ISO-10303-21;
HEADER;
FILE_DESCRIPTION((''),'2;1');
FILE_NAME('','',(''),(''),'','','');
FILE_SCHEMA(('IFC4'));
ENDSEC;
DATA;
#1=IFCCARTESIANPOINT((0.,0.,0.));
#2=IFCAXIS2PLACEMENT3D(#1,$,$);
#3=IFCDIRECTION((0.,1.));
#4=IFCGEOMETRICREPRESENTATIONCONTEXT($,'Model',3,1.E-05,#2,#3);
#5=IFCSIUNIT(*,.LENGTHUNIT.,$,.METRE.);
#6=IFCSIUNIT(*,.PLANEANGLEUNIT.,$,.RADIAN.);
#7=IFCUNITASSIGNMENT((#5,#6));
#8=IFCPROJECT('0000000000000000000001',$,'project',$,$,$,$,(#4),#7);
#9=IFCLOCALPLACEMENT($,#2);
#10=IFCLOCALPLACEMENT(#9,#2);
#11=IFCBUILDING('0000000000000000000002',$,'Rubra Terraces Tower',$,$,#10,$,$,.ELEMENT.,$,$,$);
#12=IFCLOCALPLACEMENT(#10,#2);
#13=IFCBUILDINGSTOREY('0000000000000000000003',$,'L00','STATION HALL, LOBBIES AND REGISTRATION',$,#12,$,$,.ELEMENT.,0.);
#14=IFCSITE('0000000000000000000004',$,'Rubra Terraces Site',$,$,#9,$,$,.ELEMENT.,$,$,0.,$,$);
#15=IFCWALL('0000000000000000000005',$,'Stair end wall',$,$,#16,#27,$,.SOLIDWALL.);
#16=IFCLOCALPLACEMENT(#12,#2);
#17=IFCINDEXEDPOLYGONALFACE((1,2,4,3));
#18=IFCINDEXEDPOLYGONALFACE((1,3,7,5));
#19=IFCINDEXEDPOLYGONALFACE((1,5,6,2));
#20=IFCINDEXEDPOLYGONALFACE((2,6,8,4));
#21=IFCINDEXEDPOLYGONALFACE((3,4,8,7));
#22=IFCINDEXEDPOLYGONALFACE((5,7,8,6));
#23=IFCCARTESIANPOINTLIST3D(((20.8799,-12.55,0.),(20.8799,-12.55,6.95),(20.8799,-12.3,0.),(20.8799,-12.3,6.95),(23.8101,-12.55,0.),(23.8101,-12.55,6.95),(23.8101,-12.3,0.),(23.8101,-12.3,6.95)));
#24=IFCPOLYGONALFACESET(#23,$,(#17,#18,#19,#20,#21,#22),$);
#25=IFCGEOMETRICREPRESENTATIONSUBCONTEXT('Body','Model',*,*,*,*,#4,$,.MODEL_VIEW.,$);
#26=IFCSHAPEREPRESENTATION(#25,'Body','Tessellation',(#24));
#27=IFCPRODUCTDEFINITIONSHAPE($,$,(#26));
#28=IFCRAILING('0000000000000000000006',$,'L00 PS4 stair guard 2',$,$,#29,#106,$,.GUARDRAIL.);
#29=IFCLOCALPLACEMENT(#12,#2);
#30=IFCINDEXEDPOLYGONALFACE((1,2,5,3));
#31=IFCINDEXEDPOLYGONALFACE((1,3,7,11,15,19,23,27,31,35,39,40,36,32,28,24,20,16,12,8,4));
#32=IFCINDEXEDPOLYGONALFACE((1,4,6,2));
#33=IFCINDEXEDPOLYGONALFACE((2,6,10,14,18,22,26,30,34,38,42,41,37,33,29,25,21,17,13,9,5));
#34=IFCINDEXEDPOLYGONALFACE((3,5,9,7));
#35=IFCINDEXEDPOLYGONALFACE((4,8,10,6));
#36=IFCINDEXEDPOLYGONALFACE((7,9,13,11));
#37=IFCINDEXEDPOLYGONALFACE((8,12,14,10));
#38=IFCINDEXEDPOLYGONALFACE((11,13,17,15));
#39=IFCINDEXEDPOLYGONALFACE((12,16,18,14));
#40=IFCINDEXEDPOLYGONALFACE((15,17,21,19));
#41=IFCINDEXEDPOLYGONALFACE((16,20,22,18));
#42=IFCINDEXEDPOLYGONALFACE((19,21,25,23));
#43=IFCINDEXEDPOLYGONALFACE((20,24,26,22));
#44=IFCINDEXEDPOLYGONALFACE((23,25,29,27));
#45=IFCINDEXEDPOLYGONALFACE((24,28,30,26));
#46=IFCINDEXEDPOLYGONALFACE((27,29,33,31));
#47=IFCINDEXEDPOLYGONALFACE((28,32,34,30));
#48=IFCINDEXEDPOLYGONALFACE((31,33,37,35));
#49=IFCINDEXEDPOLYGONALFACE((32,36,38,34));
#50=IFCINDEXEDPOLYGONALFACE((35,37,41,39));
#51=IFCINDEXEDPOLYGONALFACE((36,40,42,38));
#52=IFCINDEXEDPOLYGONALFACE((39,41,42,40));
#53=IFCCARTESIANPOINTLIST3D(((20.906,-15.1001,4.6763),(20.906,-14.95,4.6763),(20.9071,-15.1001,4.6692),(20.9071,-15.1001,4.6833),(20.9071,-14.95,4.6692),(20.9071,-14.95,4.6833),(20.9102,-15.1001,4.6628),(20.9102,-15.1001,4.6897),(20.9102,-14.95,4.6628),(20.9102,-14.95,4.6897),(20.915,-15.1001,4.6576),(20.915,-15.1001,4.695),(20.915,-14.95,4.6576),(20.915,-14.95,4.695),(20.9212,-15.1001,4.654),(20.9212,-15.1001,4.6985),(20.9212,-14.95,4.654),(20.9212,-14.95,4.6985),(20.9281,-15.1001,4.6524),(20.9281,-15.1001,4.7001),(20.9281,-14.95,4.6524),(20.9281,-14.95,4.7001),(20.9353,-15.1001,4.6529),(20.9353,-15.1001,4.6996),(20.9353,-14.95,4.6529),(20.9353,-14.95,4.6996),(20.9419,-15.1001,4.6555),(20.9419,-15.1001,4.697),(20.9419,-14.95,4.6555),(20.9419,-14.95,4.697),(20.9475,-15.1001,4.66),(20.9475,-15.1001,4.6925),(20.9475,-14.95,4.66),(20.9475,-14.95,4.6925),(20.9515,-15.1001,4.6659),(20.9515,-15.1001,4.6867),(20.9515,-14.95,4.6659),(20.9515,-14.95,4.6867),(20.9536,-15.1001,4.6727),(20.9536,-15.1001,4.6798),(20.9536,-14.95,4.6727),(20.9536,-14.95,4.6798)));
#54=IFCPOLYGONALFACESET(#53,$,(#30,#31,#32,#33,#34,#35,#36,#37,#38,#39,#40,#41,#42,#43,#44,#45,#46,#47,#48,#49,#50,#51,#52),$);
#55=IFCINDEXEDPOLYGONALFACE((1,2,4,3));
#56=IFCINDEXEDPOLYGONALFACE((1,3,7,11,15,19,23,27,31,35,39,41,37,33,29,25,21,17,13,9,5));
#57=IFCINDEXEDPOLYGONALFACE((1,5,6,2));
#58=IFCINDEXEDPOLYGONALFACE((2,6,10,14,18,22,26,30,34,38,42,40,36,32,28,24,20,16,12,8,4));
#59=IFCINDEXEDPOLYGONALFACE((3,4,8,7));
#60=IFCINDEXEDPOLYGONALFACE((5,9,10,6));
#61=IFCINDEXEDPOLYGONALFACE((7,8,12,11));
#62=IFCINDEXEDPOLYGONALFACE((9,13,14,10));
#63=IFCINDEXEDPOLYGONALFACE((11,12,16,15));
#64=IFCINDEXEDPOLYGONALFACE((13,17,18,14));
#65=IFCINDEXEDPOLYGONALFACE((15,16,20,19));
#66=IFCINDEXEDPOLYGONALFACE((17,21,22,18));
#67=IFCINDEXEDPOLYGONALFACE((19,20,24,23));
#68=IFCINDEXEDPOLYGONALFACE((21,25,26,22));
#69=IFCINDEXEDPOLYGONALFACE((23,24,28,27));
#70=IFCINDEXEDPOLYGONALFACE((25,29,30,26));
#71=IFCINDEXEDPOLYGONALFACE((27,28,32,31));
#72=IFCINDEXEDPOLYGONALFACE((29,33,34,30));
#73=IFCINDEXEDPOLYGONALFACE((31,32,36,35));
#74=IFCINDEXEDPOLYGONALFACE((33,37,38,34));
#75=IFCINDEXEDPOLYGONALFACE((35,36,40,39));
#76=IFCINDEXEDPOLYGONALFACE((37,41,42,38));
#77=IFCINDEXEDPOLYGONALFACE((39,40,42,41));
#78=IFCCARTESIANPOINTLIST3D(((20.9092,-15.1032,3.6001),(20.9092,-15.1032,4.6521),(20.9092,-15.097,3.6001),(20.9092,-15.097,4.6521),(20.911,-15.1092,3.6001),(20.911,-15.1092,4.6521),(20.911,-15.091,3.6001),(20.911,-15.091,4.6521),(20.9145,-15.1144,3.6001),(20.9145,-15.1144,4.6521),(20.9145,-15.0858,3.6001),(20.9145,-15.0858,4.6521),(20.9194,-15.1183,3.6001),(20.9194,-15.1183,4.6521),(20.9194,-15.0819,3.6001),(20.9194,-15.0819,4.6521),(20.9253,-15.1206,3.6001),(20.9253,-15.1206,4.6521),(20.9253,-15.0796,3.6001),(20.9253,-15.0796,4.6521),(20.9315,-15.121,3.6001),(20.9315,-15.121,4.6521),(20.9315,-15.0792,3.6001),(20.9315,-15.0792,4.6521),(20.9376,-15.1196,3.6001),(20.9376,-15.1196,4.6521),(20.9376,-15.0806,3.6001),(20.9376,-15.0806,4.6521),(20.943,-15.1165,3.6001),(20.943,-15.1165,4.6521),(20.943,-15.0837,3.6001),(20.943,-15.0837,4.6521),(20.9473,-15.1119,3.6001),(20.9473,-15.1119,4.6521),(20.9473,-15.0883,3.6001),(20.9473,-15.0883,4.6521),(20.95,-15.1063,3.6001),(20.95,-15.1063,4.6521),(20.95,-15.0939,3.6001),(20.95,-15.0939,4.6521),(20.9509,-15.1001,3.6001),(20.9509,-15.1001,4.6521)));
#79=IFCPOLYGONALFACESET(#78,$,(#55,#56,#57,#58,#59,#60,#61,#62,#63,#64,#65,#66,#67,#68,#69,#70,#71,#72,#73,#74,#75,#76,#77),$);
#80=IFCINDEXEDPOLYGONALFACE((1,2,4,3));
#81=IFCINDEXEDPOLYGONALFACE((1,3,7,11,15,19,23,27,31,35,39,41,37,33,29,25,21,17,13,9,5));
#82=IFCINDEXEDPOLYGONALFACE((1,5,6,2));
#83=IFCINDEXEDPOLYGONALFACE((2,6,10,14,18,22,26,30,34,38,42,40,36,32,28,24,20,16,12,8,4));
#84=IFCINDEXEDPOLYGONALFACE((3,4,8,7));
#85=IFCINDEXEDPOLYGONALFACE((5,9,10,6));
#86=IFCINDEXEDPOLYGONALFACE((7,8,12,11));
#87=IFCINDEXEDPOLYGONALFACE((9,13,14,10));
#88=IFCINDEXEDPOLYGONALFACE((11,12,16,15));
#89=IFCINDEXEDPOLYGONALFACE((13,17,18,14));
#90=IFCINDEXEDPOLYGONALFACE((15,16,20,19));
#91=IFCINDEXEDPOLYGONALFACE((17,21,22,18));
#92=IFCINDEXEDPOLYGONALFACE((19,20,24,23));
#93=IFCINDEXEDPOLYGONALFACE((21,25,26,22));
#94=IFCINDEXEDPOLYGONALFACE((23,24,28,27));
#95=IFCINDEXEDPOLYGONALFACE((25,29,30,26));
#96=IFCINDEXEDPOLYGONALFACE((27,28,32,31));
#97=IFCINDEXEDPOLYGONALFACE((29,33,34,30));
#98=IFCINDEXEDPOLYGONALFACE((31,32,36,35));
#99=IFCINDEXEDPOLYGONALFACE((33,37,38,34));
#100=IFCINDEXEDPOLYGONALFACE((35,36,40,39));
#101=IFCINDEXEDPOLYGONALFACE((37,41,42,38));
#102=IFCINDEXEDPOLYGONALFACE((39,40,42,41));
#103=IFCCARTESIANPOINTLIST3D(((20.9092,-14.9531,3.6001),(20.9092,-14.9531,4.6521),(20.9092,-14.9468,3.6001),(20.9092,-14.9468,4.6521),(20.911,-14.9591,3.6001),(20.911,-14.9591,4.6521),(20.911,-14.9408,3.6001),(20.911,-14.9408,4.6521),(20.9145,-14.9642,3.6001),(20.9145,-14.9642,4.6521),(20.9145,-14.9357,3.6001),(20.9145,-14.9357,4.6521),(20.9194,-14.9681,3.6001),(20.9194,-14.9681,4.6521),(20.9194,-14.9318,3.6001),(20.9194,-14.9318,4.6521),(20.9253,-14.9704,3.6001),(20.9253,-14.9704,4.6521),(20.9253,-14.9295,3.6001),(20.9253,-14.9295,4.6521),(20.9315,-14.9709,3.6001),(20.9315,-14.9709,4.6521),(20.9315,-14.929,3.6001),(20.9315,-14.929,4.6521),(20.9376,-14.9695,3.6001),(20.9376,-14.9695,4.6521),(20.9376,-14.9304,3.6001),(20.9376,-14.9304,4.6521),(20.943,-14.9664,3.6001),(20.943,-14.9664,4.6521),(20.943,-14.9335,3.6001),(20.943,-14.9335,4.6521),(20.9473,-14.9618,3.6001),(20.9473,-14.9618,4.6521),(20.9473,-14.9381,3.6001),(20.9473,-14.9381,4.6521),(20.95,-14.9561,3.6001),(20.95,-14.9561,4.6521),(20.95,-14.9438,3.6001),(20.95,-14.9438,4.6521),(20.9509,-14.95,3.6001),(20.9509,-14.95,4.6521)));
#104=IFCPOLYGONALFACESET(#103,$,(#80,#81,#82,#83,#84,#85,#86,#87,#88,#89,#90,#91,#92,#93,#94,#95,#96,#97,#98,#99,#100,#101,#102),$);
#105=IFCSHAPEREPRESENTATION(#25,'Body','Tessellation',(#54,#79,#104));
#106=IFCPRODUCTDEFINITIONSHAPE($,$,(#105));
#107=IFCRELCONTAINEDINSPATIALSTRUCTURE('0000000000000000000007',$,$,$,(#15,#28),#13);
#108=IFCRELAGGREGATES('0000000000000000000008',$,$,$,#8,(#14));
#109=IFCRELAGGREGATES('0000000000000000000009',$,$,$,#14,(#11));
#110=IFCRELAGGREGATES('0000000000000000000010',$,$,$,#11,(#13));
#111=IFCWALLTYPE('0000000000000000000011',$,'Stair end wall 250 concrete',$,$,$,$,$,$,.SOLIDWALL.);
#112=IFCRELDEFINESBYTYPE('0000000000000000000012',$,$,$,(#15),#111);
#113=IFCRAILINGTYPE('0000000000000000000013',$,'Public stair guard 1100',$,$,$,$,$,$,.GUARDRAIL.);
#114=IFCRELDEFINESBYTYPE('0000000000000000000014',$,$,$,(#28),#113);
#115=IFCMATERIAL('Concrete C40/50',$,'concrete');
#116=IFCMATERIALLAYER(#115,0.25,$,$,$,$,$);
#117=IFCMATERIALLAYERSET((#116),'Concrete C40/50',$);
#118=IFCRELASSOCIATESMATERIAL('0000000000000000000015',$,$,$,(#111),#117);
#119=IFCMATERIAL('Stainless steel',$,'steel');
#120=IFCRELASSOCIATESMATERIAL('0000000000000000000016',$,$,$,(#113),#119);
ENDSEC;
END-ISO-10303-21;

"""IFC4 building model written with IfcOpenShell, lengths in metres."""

from ifc_helpers import new_model, si_unit, direction, frame, frame_2d, origin, origin_2d, place, context, subcontext, project, spatial, rectangle, circle, extrude, material, layer, layer_set, type_object, element, save


model = new_model("IFC4")

# Units and contexts
model_context = context("Model", 3, precision=1e-05, world=origin(), true_north=direction((0.0, 1.0)))
body_context = subcontext(model_context, "Body", "Model", "MODEL_VIEW")
ifc_project = project(units=[si_unit("LENGTHUNIT", "METRE"), si_unit("PLANEANGLEUNIT", "RADIAN")], contexts=[model_context])

# Site, building, storey
site_placement = place(None, origin())
site = spatial("IfcSite", under=ifc_project, at=site_placement, Name="Rubra Terraces Site", CompositionType="ELEMENT", RefElevation=0.0)
building_placement = place(site_placement, origin())
building = spatial("IfcBuilding", under=site, at=building_placement, Name="Rubra Terraces Tower", CompositionType="ELEMENT")
storey_placement = place(building_placement, origin())
storey = spatial("IfcBuildingStorey", under=building, at=storey_placement, Name="L00", Description="STATION HALL, LOBBIES AND REGISTRATION", CompositionType="ELEMENT", Elevation=0.0)

# Wall
ifc_material_1 = material(Name="Concrete C40/50", Category="concrete")
ifc_layer_1 = layer(ifc_material_1, 0.25)
ifc_layer_set_1 = layer_set([ifc_layer_1], Name="Concrete C40/50")
wall_type_1 = type_object("IfcWallType", Name="Stair end wall 250 concrete", PredefinedType="SOLIDWALL", material=ifc_layer_set_1)
wall_1_placement = place(storey_placement, frame((20.8799, -12.425, 0.0), z_axis=(0.0, 0.0, 1.0), x_axis=(1.0, 0.0, 0.0)))
element("IfcWall", 1, at=wall_1_placement, inside=storey, type_object=wall_type_1, Name="Stair end wall", PredefinedType="SOLIDWALL", context=body_context, shape_type="SweptSolid", body=[
    extrude(rectangle(XDim=2.9302, YDim=0.25, at=frame_2d((1.4651, 0.0))), origin(), (0.0, 0.0, 1.0), 6.95),
])

# Railing
ifc_material_2 = material(Name="Stainless steel", Category="steel")
railing_type_1 = type_object("IfcRailingType", Name="Public stair guard 1100", PredefinedType="GUARDRAIL", material=ifc_material_2)
railing_1_placement = place(storey_placement, frame((20.9299, -15.1001, 3.6001)))
element("IfcRailing", 2, at=railing_1_placement, inside=storey, type_object=railing_type_1, Name="L00 PS4 stair guard 2", PredefinedType="GUARDRAIL", context=body_context, shape_type="SweptSolid", body=[
    extrude(circle(Radius=0.0239, at=origin_2d()), frame((0.0, 0.0, 1.0762), z_axis=(0.0, 1.0, 0.0), x_axis=(-1.0, 0.0, 0.0)), (0.0, 0.0, 1.0), 0.1501),
    extrude(circle(Radius=0.021, at=origin_2d()), origin(), (0.0, 0.0, 1.0), 1.052),
    extrude(circle(Radius=0.021, at=origin_2d()), frame((0.0, 0.1501, 0.0)), (0.0, 0.0, 1.0), 1.052),
])

save(model, "model.ifc")
